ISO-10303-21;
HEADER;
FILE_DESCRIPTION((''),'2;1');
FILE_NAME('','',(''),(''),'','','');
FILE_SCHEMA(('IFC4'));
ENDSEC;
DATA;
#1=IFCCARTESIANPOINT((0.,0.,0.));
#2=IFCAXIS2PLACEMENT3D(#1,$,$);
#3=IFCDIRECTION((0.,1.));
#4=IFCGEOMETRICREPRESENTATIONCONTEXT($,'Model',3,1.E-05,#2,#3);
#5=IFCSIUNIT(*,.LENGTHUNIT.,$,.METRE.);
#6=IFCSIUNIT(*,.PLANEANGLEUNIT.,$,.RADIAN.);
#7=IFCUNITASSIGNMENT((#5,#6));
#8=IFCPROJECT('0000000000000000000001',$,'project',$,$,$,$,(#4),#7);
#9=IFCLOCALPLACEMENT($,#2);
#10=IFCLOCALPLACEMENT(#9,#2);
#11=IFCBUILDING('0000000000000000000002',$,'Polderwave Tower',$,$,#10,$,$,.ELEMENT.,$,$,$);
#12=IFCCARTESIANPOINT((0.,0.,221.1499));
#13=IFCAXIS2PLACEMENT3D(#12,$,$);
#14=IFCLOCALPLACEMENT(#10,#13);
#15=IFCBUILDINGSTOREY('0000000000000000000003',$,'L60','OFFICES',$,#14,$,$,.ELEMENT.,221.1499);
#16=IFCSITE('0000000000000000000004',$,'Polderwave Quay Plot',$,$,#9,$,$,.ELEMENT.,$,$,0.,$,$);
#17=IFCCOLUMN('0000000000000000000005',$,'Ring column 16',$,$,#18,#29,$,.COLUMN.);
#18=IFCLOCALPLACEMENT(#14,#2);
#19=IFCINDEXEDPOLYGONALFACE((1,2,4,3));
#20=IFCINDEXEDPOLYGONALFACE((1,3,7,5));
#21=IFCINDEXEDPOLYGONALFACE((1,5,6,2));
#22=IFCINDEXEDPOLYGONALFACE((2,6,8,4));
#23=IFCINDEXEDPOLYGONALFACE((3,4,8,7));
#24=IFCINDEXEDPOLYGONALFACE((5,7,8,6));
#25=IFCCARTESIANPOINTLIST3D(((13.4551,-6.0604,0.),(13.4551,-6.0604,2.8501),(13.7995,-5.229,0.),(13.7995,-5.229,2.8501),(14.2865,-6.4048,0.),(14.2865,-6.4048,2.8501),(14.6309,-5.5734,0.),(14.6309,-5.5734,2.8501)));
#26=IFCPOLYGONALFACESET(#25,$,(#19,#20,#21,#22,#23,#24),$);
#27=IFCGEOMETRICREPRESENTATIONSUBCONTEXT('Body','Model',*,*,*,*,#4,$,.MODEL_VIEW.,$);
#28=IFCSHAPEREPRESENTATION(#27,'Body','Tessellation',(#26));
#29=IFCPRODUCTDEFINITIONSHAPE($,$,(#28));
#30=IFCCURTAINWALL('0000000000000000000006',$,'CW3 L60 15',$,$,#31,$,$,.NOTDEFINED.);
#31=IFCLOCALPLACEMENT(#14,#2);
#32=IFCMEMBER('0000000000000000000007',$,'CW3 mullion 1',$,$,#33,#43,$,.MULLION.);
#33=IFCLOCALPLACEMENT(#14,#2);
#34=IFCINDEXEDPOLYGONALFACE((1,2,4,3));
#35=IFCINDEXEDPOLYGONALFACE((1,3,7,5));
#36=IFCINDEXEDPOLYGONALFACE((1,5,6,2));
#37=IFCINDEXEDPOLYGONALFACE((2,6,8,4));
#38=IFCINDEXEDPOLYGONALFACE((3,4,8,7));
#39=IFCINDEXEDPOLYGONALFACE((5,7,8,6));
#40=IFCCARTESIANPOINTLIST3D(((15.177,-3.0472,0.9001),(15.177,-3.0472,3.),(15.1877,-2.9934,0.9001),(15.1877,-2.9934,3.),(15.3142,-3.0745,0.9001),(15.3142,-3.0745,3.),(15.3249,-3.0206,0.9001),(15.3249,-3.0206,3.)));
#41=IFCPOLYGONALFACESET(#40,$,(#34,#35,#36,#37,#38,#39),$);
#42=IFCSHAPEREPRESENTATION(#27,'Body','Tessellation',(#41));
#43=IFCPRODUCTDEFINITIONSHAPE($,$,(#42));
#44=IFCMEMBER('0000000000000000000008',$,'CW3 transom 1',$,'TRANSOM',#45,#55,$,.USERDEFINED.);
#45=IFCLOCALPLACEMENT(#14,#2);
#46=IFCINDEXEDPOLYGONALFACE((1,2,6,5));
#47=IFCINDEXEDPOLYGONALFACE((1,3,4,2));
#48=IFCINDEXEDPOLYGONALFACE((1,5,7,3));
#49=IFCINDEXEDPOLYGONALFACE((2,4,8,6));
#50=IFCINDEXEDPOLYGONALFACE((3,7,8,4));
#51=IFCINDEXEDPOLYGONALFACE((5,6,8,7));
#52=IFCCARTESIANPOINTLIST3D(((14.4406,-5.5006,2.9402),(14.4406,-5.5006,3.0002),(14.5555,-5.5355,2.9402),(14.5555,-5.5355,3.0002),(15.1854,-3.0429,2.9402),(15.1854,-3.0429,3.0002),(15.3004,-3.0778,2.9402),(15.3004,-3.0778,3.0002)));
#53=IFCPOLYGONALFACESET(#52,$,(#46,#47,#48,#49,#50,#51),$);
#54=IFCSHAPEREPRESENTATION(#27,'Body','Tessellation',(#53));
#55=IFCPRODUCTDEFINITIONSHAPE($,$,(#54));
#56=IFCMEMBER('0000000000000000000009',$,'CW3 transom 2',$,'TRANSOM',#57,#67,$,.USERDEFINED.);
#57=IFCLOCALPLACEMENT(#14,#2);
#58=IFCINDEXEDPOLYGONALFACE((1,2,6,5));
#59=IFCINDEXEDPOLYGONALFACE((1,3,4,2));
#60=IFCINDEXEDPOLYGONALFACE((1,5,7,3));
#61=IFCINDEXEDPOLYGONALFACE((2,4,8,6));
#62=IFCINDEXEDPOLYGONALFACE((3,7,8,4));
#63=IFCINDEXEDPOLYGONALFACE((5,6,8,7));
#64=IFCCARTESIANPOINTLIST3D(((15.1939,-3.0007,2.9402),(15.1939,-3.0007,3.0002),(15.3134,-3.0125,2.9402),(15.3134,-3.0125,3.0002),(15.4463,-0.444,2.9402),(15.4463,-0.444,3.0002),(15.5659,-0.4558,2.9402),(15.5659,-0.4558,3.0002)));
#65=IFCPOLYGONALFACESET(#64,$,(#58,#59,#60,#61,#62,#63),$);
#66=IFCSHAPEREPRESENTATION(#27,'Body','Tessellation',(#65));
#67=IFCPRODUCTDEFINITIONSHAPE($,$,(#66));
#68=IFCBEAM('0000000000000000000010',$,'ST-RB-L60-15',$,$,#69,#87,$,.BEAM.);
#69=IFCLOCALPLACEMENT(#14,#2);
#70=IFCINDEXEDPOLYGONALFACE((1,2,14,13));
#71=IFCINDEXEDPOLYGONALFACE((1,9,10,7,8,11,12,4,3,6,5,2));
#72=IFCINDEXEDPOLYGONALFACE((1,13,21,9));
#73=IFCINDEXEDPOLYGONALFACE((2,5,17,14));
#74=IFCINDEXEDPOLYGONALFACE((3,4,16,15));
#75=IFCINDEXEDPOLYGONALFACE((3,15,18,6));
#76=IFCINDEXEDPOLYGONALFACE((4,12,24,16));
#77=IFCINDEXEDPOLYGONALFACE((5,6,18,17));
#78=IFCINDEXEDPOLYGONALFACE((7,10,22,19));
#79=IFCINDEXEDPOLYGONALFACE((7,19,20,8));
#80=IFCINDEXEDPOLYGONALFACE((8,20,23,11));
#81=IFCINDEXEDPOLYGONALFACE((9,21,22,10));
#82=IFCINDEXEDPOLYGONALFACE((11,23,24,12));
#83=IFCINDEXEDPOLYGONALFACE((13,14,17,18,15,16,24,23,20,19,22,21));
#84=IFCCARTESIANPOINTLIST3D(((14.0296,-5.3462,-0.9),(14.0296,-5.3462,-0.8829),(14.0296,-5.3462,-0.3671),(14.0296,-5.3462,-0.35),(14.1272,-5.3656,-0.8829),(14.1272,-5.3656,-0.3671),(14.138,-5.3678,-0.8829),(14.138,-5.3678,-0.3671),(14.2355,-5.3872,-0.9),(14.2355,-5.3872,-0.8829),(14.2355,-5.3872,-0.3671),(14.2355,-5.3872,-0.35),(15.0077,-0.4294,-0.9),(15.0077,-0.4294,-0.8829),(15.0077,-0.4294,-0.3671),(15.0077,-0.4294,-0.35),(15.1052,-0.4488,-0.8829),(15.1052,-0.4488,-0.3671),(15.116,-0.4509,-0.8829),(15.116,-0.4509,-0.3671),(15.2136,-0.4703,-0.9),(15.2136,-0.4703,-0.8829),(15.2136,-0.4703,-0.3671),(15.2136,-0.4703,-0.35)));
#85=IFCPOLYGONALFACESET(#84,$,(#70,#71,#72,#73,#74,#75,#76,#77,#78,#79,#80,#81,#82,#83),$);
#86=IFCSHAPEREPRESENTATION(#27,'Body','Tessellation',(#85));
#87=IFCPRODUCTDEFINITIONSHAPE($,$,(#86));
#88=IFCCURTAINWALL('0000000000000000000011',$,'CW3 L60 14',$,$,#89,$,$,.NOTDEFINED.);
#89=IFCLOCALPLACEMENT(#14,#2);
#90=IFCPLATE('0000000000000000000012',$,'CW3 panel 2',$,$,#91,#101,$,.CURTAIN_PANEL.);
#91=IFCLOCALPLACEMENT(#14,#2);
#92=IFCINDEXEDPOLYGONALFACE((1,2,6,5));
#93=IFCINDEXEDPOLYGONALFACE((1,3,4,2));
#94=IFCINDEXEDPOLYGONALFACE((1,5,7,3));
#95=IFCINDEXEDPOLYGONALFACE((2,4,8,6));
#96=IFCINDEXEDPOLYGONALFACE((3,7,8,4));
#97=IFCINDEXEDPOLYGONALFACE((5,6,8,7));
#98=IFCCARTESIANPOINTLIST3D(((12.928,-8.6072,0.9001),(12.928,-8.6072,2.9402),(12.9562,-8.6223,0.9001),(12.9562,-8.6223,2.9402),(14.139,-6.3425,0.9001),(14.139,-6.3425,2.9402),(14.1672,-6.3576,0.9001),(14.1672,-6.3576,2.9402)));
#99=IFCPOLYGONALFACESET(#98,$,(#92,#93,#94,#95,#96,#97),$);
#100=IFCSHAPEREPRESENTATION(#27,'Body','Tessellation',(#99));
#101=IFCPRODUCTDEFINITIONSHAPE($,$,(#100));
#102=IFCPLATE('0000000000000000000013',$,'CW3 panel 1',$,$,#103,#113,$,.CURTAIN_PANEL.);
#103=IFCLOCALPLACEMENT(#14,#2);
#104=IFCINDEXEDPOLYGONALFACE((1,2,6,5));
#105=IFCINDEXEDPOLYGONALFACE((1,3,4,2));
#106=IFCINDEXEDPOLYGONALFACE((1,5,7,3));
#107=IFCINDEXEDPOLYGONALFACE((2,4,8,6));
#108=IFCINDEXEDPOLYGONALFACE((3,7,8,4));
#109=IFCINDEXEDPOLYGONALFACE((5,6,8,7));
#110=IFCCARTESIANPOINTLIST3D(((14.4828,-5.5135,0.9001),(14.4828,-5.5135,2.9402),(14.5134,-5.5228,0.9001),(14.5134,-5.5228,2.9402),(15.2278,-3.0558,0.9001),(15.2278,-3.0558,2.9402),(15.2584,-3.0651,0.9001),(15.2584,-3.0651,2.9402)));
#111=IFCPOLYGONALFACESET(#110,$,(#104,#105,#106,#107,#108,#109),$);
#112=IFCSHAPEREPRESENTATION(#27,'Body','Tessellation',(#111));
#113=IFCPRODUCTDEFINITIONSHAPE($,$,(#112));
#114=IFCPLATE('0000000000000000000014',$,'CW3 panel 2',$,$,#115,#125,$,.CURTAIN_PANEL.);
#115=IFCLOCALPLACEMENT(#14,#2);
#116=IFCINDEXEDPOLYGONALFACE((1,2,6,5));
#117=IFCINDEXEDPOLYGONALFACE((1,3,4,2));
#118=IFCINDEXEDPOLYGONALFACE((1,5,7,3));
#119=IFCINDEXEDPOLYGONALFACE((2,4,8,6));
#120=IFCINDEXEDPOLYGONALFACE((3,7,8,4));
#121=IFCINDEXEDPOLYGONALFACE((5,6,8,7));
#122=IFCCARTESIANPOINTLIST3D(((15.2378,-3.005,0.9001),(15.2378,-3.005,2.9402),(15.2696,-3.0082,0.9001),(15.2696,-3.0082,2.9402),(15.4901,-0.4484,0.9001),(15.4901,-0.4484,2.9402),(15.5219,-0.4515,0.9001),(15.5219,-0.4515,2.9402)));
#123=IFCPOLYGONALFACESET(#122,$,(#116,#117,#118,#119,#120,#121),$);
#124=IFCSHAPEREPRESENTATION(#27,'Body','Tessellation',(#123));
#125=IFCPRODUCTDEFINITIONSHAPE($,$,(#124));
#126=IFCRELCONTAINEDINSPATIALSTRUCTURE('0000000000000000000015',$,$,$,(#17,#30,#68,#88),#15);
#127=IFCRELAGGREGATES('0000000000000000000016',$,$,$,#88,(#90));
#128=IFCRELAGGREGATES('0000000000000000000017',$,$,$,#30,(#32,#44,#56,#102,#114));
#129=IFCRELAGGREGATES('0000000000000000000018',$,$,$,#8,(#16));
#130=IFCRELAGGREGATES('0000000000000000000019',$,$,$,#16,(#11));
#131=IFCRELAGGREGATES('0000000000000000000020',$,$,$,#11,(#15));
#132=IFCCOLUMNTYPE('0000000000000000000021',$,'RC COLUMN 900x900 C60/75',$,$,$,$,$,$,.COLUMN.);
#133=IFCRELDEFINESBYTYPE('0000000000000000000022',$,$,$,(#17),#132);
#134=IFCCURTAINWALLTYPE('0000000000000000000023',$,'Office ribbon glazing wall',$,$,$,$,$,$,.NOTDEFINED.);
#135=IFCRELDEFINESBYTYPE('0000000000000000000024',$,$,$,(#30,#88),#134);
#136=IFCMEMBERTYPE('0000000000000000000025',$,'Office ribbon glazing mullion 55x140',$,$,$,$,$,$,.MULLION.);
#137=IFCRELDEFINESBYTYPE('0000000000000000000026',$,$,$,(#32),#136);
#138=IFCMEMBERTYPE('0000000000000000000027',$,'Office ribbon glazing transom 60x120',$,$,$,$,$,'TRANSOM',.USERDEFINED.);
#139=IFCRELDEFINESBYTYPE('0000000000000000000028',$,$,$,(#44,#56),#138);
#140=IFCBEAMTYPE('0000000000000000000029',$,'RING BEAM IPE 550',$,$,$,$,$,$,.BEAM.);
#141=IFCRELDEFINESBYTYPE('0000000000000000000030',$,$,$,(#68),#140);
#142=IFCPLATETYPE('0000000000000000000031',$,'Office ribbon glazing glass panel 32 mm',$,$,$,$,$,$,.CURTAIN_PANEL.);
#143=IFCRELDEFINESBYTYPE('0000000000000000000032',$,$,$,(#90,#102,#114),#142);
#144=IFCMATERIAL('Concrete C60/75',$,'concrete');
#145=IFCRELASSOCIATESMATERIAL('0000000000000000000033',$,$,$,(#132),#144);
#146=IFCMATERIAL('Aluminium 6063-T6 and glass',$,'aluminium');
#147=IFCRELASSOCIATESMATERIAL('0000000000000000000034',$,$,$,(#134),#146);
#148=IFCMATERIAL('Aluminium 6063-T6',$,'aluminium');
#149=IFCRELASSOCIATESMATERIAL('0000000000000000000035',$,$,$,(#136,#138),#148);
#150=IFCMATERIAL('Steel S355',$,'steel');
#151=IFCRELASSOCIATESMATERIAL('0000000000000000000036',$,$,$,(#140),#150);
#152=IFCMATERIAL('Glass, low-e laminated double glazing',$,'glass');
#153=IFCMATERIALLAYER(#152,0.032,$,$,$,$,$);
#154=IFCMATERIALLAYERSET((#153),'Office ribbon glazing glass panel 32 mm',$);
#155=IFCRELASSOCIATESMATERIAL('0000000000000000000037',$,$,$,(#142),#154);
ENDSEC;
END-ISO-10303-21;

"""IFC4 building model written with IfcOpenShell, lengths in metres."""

from ifc_helpers import new_model, si_unit, direction, frame, origin, origin_2d, place, context, subcontext, project, spatial, rectangle, i_section, extrude, material, layer, layer_set, material_profile, profile_set, type_object, element, aggregate, save


model = new_model("IFC4")

# Units and contexts
model_context = context("Model", 3, precision=1e-05, world=origin(), true_north=direction((0.0, 1.0)))
body_context = subcontext(model_context, "Body", "Model", "MODEL_VIEW")
ifc_project = project(units=[si_unit("LENGTHUNIT", "METRE"), si_unit("PLANEANGLEUNIT", "RADIAN")], contexts=[model_context])

# Site, building, storey
site_placement = place(None, origin())
site = spatial("IfcSite", under=ifc_project, at=site_placement, Name="Polderwave Quay Plot", CompositionType="ELEMENT", RefElevation=0.0)
building_placement = place(site_placement, origin())
building = spatial("IfcBuilding", under=site, at=building_placement, Name="Polderwave Tower", CompositionType="ELEMENT")
storey_placement = place(building_placement, frame((0.0, 0.0, 221.1499)))
storey = spatial("IfcBuildingStorey", under=building, at=storey_placement, Name="L60", Description="OFFICES", CompositionType="ELEMENT", Elevation=221.1499)

# Column
ifc_material_1 = material(Name="Concrete C60/75", Category="concrete")
ifc_material_profile_1 = material_profile(ifc_material_1, rectangle(XDim=0.8999, YDim=0.8999, at=origin_2d()), Name="RC 900x900")
ifc_profile_set_1 = profile_set([ifc_material_profile_1], Name="Concrete C60/75")
column_type = type_object("IfcColumnType", Name="RC COLUMN 900x900 C60/75", PredefinedType="COLUMN", material=ifc_profile_set_1)
column_placement = place(storey_placement, frame((14.043, -5.8169, 0.0), z_axis=(0.0, 0.0, 1.0), x_axis=(0.92388, -0.382683, 0.0)))
element("IfcColumn", 1, at=column_placement, inside=storey, type_object=column_type, Name="Ring column 16", PredefinedType="COLUMN", context=body_context, shape_type="SweptSolid", body=[
    extrude(rectangle(XDim=0.8999, YDim=0.8999, at=origin_2d()), origin(), (0.0, 0.0, 1.0), 2.8501),
])

# Curtain wall, members
ifc_material_2 = material(Name="Aluminium 6063-T6 and glass", Category="aluminium")
curtain_wall_type = type_object("IfcCurtainWallType", Name="Office ribbon glazing wall", PredefinedType="NOTDEFINED", material=ifc_material_2)
curtain_wall_1_placement = place(storey_placement, origin())
curtain_wall_1 = element("IfcCurtainWall", 2, at=curtain_wall_1_placement, inside=storey, type_object=curtain_wall_type, Name="CW3 L60 15", PredefinedType="NOTDEFINED")
ifc_material_3 = material(Name="Aluminium 6063-T6", Category="aluminium")
ifc_material_profile_2 = material_profile(ifc_material_3, rectangle(XDim=0.1399, YDim=0.0549, at=origin_2d()), Name="AL 55x140")
ifc_profile_set_2 = profile_set([ifc_material_profile_2], Name="Aluminium 6063-T6")
member_type_1 = type_object("IfcMemberType", Name="Office ribbon glazing mullion 55x140", PredefinedType="MULLION", material=ifc_profile_set_2)
member_1_placement = place(storey_placement, frame((15.251, -3.0339, 0.9001), z_axis=(0.0, 0.0, 1.0), x_axis=(-0.980785, 0.195092, 0.0)))
member_1 = element("IfcMember", 3, at=member_1_placement, type_object=member_type_1, Name="CW3 mullion 1", PredefinedType="MULLION", context=body_context, shape_type="SweptSolid", body=[
    extrude(rectangle(XDim=0.1399, YDim=0.0549, at=origin_2d()), origin(), (0.0, 0.0, 1.0), 2.0999),
])
ifc_material_profile_3 = material_profile(ifc_material_3, rectangle(XDim=0.1201, YDim=0.0601, at=origin_2d()), Name="AL 60x120")
ifc_profile_set_3 = profile_set([ifc_material_profile_3], Name="Aluminium 6063-T6")
member_type_2 = type_object("IfcMemberType", Name="Office ribbon glazing transom 60x120", ElementType="TRANSOM", PredefinedType="USERDEFINED", material=ifc_profile_set_3)
member_2_placement = place(storey_placement, frame((14.498, -5.5181, 2.9702), z_axis=(0.290042, 0.957014, 0.0), x_axis=(-0.957014, 0.290042, 0.0)))
member_2 = element("IfcMember", 4, at=member_2_placement, type_object=member_type_2, Name="CW3 transom 1", ObjectType="TRANSOM", PredefinedType="USERDEFINED", context=body_context, shape_type="SweptSolid", body=[
    extrude(rectangle(XDim=0.1201, YDim=0.0601, at=origin_2d()), origin(), (0.0, 0.0, 1.0), 2.5681),
])
member_3_placement = place(storey_placement, frame((15.2537, -3.0066, 2.9702), z_axis=(0.098262, 0.995161, 0.0), x_axis=(-0.995161, 0.098262, 0.0)))
member_3 = element("IfcMember", 5, at=member_3_placement, type_object=member_type_2, Name="CW3 transom 2", ObjectType="TRANSOM", PredefinedType="USERDEFINED", context=body_context, shape_type="SweptSolid", body=[
    extrude(rectangle(XDim=0.1201, YDim=0.0601, at=origin_2d()), origin(), (0.0, 0.0, 1.0), 2.5691),
])

# Beam
ifc_material_4 = material(Name="Steel S355", Category="steel")
ifc_material_profile_4 = material_profile(ifc_material_4, i_section(OverallWidth=0.21, OverallDepth=0.55, WebThickness=0.011, FlangeThickness=0.0171, at=origin_2d()), Name="IPE 550")
ifc_profile_set_4 = profile_set([ifc_material_profile_4], Name="Steel S355")
beam_type = type_object("IfcBeamType", Name="RING BEAM IPE 550", PredefinedType="BEAM", material=ifc_profile_set_4)
beam_placement = place(storey_placement, frame((14.1326, -5.3667, -0.625), z_axis=(0.195095, 0.980784, 0.0), x_axis=(-0.980784, 0.195095, 0.0)))
element("IfcBeam", 6, at=beam_placement, inside=storey, type_object=beam_type, Name="ST-RB-L60-15", PredefinedType="BEAM", context=body_context, shape_type="SweptSolid", body=[
    extrude(i_section(OverallWidth=0.21, OverallDepth=0.55, WebThickness=0.011, FlangeThickness=0.0171, at=origin_2d()), origin(), (0.0, 0.0, 1.0), 5.0132),
])

# Curtain wall, plate
curtain_wall_2_placement = place(storey_placement, origin())
curtain_wall_2 = element("IfcCurtainWall", 7, at=curtain_wall_2_placement, inside=storey, type_object=curtain_wall_type, Name="CW3 L60 14", PredefinedType="NOTDEFINED")
ifc_material_5 = material(Name="Glass, low-e laminated double glazing", Category="glass")
ifc_layer_1 = layer(ifc_material_5, 0.032)
ifc_layer_set_1 = layer_set([ifc_layer_1], Name="Office ribbon glazing glass panel 32 mm")
plate_type = type_object("IfcPlateType", Name="Office ribbon glazing glass panel 32 mm", PredefinedType="CURTAIN_PANEL", material=ifc_layer_set_1)
plate_1_placement = place(storey_placement, frame((13.5476, -7.4824, 0.9001), z_axis=(0.0, 0.0, 1.0), x_axis=(0.471548, 0.881841, 0.0)))
plate_1 = element("IfcPlate", 8, at=plate_1_placement, type_object=plate_type, Name="CW3 panel 2", PredefinedType="CURTAIN_PANEL", context=body_context, shape_type="SweptSolid", body=[
    extrude(rectangle(XDim=2.5681, YDim=0.032, at=origin_2d()), origin(), (0.0, 0.0, 1.0), 2.04),
])
aggregate(curtain_wall_2, [plate_1])

# Plates
plate_2_placement = place(storey_placement, frame((14.8706, -4.2893, 0.9001), z_axis=(0.0, 0.0, 1.0), x_axis=(0.290104, 0.956995, 0.0)))
plate_2 = element("IfcPlate", 9, at=plate_2_placement, type_object=plate_type, Name="CW3 panel 1", PredefinedType="CURTAIN_PANEL", context=body_context, shape_type="SweptSolid", body=[
    extrude(rectangle(XDim=2.5681, YDim=0.032, at=origin_2d()), origin(), (0.0, 0.0, 1.0), 2.04),
])
plate_3_placement = place(storey_placement, frame((15.3799, -1.7283, 0.9001), z_axis=(0.0, 0.0, 1.0), x_axis=(0.098206, 0.995166, 0.0)))
plate_3 = element("IfcPlate", 10, at=plate_3_placement, type_object=plate_type, Name="CW3 panel 2", PredefinedType="CURTAIN_PANEL", context=body_context, shape_type="SweptSolid", body=[
    extrude(rectangle(XDim=2.5691, YDim=0.032, at=origin_2d()), origin(), (0.0, 0.0, 1.0), 2.04),
])
aggregate(curtain_wall_1, [member_1, member_2, member_3, plate_2, plate_3])

save(model, "model.ifc")
